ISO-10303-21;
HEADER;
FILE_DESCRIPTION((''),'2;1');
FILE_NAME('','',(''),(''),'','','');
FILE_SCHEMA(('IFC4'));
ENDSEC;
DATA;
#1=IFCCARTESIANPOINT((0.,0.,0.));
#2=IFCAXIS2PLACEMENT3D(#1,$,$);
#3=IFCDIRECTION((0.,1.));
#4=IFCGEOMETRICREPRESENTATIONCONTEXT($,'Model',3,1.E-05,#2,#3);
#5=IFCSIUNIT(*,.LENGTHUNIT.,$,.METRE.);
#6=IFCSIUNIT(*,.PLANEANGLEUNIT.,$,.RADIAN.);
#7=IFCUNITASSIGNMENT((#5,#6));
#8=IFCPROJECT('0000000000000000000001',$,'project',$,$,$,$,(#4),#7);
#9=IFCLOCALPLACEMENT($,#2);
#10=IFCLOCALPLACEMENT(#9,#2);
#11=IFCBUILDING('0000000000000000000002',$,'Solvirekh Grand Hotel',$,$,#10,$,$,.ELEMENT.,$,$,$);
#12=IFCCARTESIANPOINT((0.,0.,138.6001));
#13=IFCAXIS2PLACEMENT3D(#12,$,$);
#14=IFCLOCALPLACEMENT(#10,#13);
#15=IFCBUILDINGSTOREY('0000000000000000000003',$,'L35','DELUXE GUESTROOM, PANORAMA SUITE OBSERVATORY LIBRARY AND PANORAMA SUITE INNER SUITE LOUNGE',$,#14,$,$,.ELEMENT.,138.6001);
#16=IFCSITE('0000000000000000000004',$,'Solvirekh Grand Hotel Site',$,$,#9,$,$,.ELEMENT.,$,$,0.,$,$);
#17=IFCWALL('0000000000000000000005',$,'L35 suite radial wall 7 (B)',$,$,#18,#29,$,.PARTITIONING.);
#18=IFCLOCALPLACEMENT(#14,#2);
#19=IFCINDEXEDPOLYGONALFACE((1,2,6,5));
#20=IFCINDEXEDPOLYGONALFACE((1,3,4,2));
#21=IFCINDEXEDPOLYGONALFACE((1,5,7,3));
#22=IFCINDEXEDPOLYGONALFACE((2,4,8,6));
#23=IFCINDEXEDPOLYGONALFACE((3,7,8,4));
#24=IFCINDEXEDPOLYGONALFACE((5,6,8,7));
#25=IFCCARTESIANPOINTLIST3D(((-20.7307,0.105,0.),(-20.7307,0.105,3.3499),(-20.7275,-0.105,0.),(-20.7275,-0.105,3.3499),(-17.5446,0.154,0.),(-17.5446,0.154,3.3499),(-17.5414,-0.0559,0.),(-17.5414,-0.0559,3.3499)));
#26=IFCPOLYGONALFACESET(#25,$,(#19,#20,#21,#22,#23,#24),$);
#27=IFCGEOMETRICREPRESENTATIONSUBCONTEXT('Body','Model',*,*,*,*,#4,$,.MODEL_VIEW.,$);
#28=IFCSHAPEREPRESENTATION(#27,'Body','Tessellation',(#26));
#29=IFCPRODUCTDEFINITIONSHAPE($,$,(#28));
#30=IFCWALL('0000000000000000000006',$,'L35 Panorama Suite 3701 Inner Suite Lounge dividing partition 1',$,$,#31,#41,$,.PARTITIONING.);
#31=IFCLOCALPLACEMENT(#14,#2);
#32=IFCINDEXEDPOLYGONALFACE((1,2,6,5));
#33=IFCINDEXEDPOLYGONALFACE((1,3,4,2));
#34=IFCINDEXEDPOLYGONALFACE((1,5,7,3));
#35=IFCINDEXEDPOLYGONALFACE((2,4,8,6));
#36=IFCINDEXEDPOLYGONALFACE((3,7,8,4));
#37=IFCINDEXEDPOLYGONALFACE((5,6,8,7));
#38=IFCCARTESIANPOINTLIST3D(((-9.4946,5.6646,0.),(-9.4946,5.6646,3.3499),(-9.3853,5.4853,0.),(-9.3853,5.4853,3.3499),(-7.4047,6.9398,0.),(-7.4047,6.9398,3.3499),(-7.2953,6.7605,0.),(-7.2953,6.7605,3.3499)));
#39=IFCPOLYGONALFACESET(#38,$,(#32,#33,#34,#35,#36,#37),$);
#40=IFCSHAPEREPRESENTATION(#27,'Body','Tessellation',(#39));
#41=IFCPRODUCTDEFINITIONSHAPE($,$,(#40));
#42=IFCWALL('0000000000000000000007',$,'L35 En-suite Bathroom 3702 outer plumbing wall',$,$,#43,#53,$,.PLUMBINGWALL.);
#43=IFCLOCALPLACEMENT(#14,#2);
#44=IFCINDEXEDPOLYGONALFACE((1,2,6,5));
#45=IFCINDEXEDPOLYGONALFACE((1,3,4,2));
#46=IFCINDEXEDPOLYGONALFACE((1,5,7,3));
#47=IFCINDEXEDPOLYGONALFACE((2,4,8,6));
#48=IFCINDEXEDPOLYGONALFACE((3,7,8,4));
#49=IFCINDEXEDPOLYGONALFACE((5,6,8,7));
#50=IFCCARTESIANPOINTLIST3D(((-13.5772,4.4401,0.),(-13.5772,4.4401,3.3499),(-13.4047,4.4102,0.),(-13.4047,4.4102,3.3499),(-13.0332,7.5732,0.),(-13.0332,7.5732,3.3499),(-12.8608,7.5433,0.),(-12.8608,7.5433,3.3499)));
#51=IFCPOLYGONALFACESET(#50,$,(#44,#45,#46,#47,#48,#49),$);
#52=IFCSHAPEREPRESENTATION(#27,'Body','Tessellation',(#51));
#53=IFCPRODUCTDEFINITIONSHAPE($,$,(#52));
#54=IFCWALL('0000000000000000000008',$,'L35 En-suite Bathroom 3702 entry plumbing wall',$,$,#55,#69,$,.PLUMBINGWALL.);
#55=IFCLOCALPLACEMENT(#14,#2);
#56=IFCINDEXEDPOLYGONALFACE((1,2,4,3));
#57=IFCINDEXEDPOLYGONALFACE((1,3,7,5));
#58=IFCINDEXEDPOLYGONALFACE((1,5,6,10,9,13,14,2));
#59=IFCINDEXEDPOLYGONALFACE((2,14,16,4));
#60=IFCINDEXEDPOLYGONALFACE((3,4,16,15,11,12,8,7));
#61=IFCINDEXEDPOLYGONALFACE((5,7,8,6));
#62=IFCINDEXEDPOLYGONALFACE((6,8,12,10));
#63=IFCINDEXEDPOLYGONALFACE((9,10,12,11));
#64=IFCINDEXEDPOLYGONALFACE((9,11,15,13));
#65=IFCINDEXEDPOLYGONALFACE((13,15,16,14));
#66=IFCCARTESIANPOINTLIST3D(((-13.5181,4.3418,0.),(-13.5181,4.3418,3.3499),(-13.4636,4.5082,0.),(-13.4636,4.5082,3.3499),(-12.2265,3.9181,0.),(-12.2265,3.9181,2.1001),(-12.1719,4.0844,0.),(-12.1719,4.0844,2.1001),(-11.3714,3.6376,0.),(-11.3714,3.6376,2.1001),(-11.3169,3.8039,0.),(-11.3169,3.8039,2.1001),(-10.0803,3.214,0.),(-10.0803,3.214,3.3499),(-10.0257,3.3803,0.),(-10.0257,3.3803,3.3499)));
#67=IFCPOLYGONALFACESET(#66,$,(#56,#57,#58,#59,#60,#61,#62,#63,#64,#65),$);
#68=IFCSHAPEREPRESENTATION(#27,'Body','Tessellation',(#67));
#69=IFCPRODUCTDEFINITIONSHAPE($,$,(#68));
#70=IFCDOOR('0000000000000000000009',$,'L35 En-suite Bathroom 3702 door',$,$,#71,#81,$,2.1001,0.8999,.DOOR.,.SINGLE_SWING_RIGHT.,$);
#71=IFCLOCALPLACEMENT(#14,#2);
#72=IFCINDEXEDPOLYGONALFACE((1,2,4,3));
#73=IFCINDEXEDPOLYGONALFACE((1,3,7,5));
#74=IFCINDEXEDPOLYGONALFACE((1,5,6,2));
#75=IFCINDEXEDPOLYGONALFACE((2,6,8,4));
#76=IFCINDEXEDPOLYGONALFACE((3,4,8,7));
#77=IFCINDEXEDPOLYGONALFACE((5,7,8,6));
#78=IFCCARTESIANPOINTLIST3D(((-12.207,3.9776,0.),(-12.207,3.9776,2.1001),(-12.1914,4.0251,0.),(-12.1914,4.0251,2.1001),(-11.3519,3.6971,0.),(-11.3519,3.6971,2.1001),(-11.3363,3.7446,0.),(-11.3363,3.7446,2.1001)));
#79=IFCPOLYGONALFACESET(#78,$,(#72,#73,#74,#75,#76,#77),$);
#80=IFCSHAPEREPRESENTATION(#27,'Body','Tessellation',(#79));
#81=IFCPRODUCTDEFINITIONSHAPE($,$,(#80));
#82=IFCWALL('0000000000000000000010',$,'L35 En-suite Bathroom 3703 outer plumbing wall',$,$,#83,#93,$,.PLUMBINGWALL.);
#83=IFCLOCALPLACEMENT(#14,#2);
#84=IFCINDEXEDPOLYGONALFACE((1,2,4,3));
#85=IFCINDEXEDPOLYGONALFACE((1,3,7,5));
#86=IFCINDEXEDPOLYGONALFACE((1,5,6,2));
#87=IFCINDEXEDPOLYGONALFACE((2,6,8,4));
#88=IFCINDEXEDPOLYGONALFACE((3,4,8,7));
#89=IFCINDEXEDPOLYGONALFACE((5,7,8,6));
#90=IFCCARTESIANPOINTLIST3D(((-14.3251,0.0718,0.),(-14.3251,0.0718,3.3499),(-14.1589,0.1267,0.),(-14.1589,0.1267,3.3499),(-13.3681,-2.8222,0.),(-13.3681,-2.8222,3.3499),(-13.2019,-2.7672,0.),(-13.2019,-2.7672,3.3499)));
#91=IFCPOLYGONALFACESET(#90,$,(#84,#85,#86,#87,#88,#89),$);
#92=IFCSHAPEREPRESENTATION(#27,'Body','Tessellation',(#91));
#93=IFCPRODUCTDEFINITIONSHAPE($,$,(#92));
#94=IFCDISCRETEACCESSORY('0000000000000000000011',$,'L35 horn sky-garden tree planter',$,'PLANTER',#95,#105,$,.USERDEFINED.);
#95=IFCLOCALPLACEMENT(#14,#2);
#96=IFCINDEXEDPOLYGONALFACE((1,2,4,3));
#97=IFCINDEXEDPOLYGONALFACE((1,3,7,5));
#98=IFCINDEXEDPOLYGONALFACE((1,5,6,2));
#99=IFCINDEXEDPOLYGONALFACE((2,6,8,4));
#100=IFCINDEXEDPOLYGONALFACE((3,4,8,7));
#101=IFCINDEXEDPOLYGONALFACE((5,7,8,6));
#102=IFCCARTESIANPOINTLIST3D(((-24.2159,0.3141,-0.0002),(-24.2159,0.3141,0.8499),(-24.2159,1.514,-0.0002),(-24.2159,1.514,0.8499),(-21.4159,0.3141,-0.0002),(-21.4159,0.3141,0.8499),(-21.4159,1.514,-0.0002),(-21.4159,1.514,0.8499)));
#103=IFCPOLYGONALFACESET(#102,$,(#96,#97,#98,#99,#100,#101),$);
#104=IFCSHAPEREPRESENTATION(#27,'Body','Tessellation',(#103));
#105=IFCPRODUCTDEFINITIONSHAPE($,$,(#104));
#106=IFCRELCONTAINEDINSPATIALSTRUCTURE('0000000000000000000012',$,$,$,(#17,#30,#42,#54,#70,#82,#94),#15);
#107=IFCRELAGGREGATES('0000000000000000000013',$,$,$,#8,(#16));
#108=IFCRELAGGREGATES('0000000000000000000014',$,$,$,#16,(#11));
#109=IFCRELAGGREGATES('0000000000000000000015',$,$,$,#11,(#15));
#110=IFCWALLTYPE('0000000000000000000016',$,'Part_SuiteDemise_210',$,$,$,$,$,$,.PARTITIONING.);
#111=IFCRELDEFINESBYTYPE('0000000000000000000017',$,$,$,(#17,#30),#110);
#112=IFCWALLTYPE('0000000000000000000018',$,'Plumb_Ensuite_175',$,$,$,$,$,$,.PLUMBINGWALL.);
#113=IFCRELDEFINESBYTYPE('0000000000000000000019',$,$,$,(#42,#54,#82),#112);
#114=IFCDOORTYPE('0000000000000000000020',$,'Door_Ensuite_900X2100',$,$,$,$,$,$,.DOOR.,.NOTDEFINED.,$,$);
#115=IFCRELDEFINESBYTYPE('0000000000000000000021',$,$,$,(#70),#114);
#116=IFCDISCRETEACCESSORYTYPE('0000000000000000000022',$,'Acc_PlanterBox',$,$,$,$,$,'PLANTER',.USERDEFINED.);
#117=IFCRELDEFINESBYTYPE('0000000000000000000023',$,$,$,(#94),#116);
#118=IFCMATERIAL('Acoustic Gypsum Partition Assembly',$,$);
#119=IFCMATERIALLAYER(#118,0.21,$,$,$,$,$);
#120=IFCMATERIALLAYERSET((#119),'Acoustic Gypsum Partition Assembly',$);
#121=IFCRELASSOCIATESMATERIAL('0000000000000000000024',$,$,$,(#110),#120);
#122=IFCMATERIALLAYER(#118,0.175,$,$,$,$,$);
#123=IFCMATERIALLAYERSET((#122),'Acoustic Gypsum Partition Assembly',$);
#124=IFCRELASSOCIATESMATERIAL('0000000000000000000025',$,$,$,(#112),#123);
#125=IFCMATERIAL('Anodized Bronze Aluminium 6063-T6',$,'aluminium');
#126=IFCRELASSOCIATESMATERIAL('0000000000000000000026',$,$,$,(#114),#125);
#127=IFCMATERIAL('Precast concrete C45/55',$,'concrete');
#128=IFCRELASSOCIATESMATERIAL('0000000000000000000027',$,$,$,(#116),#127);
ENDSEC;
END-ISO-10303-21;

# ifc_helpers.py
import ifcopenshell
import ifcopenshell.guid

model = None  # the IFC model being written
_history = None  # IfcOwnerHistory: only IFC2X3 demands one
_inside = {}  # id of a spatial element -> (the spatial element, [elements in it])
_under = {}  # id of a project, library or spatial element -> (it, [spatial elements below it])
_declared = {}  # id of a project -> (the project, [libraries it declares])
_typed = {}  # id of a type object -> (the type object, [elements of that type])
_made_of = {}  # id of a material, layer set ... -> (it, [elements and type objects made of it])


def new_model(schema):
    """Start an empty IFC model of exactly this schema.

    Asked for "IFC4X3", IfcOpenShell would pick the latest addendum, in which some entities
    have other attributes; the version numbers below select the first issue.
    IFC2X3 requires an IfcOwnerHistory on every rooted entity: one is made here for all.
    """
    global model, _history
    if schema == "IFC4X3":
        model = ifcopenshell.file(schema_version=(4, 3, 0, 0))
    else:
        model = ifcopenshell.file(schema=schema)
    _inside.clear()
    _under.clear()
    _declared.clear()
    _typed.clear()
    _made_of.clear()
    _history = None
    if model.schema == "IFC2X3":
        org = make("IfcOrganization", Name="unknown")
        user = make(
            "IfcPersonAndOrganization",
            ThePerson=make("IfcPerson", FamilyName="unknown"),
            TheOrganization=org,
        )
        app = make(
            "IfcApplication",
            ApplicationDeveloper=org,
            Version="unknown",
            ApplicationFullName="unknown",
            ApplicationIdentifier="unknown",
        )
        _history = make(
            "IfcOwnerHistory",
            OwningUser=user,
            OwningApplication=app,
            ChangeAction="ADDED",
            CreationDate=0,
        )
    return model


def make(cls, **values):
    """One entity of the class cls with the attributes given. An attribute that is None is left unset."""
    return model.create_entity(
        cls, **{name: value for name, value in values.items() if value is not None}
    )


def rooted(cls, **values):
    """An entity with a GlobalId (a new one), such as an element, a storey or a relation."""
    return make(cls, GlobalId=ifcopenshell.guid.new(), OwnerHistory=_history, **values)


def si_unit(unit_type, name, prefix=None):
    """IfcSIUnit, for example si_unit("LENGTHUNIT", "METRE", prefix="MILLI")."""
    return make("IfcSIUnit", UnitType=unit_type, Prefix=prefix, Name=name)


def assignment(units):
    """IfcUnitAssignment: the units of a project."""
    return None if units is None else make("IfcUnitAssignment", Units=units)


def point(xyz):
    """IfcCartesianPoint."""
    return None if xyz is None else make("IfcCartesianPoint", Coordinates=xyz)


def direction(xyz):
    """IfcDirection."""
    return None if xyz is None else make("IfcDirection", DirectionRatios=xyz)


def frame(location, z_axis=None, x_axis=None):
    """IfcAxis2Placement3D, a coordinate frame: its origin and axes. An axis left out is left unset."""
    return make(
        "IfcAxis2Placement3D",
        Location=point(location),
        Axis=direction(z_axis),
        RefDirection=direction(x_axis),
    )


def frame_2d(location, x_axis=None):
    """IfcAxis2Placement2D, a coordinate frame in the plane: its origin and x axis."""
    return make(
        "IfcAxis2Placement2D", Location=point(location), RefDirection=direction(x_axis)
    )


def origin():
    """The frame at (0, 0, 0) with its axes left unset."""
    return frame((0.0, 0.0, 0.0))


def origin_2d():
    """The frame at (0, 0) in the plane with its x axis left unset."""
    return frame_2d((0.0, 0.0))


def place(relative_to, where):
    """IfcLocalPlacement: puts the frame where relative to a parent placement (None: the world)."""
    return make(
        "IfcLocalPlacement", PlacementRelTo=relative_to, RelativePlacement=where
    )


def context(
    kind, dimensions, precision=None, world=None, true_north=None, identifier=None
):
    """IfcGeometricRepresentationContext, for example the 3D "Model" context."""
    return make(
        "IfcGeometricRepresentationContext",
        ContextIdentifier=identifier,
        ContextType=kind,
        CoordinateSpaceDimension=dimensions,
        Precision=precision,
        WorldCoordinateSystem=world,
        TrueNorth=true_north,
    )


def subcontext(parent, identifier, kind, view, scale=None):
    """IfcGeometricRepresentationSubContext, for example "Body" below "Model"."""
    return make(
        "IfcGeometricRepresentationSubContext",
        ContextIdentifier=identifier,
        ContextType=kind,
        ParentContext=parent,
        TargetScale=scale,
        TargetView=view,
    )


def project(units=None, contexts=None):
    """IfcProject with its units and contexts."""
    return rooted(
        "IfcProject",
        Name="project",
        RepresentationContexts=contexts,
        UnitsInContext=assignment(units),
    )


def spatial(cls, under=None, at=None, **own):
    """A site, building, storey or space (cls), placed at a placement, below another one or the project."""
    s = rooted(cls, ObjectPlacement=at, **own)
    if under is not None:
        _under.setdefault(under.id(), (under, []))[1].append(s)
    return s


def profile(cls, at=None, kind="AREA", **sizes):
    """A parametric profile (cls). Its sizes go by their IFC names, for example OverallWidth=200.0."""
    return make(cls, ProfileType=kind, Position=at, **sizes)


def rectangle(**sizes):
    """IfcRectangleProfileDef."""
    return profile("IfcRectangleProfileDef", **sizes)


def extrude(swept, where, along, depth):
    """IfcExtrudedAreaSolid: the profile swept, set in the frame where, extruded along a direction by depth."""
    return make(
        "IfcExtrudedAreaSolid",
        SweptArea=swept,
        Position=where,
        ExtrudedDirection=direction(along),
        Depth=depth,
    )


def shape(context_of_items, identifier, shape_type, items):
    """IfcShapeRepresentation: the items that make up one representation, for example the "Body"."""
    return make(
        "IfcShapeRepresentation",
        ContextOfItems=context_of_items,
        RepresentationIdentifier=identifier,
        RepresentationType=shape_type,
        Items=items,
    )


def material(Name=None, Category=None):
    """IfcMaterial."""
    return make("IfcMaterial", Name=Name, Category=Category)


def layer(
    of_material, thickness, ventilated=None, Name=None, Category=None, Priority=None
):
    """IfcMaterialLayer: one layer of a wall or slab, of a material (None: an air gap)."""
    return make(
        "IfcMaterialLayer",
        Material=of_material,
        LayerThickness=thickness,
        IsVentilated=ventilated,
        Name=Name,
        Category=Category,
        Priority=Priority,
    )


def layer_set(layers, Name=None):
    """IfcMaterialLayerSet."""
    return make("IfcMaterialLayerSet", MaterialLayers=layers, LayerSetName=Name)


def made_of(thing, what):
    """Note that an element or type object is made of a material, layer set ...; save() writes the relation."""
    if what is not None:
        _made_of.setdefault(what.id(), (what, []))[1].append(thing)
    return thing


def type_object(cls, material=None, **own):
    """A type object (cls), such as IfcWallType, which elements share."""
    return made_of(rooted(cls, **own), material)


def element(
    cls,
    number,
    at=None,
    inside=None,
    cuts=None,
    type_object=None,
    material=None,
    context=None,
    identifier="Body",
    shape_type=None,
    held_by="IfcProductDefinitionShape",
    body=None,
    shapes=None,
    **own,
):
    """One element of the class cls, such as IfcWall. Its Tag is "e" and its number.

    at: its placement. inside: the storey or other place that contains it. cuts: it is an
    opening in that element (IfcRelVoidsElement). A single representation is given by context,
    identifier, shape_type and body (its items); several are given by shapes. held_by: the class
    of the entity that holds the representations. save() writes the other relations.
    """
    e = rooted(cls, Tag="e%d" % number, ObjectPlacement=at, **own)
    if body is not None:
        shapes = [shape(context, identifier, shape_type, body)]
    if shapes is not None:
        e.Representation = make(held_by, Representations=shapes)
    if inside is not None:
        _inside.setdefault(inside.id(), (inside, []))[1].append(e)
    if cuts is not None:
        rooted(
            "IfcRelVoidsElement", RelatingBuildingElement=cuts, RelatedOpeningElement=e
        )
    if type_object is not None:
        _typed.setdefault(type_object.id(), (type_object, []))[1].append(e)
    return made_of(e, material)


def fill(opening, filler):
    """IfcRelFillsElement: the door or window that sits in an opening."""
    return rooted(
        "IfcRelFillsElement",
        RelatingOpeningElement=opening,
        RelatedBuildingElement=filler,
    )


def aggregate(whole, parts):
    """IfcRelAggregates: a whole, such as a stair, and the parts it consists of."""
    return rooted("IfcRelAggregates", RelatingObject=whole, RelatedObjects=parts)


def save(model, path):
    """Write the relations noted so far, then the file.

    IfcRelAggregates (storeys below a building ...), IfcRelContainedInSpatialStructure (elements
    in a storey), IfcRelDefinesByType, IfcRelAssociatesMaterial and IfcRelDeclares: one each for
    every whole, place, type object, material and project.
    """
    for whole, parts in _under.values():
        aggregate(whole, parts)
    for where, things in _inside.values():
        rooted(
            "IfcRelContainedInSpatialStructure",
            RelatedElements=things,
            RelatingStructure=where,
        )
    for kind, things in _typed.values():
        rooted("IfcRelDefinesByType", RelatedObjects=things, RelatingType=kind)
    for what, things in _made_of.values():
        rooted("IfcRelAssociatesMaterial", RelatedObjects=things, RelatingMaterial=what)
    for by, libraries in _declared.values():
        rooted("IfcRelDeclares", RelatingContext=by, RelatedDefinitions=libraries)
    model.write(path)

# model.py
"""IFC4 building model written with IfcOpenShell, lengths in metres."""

from ifc_helpers import new_model, si_unit, direction, frame, frame_2d, origin, origin_2d, place, context, subcontext, project, spatial, rectangle, extrude, material, layer, layer_set, type_object, element, fill, save


model = new_model("IFC4")

# Units and contexts
model_context = context("Model", 3, precision=1e-05, world=origin(), true_north=direction((0.0, 1.0)))
body_context = subcontext(model_context, "Body", "Model", "MODEL_VIEW")
ifc_project = project(units=[si_unit("LENGTHUNIT", "METRE"), si_unit("PLANEANGLEUNIT", "RADIAN")], contexts=[model_context])

# Site, building, storey
site_placement = place(None, origin())
site = spatial("IfcSite", under=ifc_project, at=site_placement, Name="Solvirekh Grand Hotel Site", CompositionType="ELEMENT", RefElevation=0.0)
building_placement = place(site_placement, origin())
building = spatial("IfcBuilding", under=site, at=building_placement, Name="Solvirekh Grand Hotel", CompositionType="ELEMENT")
storey_placement = place(building_placement, frame((0.0, 0.0, 138.6001)))
storey = spatial("IfcBuildingStorey", under=building, at=storey_placement, Name="L35", Description="DELUXE GUESTROOM, PANORAMA SUITE OBSERVATORY LIBRARY AND PANORAMA SUITE INNER SUITE LOUNGE", CompositionType="ELEMENT", Elevation=138.6001)

# Shared definitions
ifc_material_1 = material(Name="Precast concrete C45/55", Category="concrete")

# Shared definitions
ifc_material_2 = material(Name="Acoustic Gypsum Partition Assembly")

# Walls
ifc_layer_1 = layer(ifc_material_2, 0.21)
ifc_layer_set_1 = layer_set([ifc_layer_1], Name="Acoustic Gypsum Partition Assembly")
wall_type_1 = type_object("IfcWallType", Name="Part_SuiteDemise_210", PredefinedType="PARTITIONING", material=ifc_layer_set_1)
wall_1_placement = place(storey_placement, frame((-17.543, 0.0491, 0.0), z_axis=(0.0, 0.0, 1.0), x_axis=(-0.999881, -0.0154, 0.0)))
element("IfcWall", 1, at=wall_1_placement, inside=storey, type_object=wall_type_1, Name="L35 suite radial wall 7 (B)", PredefinedType="PARTITIONING", context=body_context, shape_type="SweptSolid", body=[
    extrude(rectangle(XDim=3.1865, YDim=0.21, at=frame_2d((1.5933, 0.0))), origin(), (0.0, 0.0, 1.0), 3.3499),
])
wall_2_placement = place(storey_placement, frame((-9.4399, 5.575, 0.0), z_axis=(0.0, 0.0, 1.0), x_axis=(0.853642, 0.520861, 0.0)))
element("IfcWall", 2, at=wall_2_placement, inside=storey, type_object=wall_type_1, Name="L35 Panorama Suite 3701 Inner Suite Lounge dividing partition 1", PredefinedType="PARTITIONING", context=body_context, shape_type="SweptSolid", body=[
    extrude(rectangle(XDim=2.4482, YDim=0.21, at=frame_2d((1.2241, 0.0))), origin(), (0.0, 0.0, 1.0), 3.3499),
])
ifc_layer_2 = layer(ifc_material_2, 0.175)
ifc_layer_set_2 = layer_set([ifc_layer_2], Name="Acoustic Gypsum Partition Assembly")
wall_type_2 = type_object("IfcWallType", Name="Plumb_Ensuite_175", PredefinedType="PLUMBINGWALL", material=ifc_layer_set_2)
wall_3_placement = place(storey_placement, frame((-12.947, 7.5581, 0.0), z_axis=(0.0, 0.0, 1.0), x_axis=(-0.171056, -0.985261, 0.0)))
element("IfcWall", 3, at=wall_3_placement, inside=storey, type_object=wall_type_2, Name="L35 En-suite Bathroom 3702 outer plumbing wall", PredefinedType="PLUMBINGWALL", context=body_context, shape_type="SweptSolid", body=[
    extrude(rectangle(XDim=3.1799, YDim=0.175, at=frame_2d((1.5898, 0.0))), origin(), (0.0, 0.0, 1.0), 3.3499),
])

# Wall, opening, door
wall_4_placement = place(storey_placement, frame((-10.053, 3.2971, 0.0), z_axis=(0.0, 0.0, 1.0), x_axis=(-0.950171, 0.31173, 0.0)))
wall_4 = element("IfcWall", 4, at=wall_4_placement, inside=storey, type_object=wall_type_2, Name="L35 En-suite Bathroom 3702 entry plumbing wall", PredefinedType="PLUMBINGWALL", context=body_context, shape_type="SweptSolid", body=[
    extrude(rectangle(XDim=3.6182, YDim=0.175, at=frame_2d((1.8091, 0.0))), origin(), (0.0, 0.0, 1.0), 3.3499),
])
opening_1_placement = place(wall_4_placement, frame((1.3589, 0.0, 0.0)))
opening_1 = element("IfcOpeningElement", 5, at=opening_1_placement, cuts=wall_4, PredefinedType="OPENING", context=body_context, shape_type="SweptSolid", body=[
    extrude(rectangle(XDim=0.8999, YDim=2.1001, at=frame_2d((0.45, 1.05))), frame((0.0, 0.0977, 0.0), z_axis=(0.0, -1.0, 0.0), x_axis=(1.0, 0.0, 0.0)), (0.0, 0.0, 1.0), 0.1951),
])
ifc_material_3 = material(Name="Anodized Bronze Aluminium 6063-T6", Category="aluminium")
door_type_1 = type_object("IfcDoorType", Name="Door_Ensuite_900X2100", OperationType="NOTDEFINED", PredefinedType="DOOR", material=ifc_material_3)
door_1_placement = place(opening_1_placement, origin())
door_1 = element("IfcDoor", 6, at=door_1_placement, inside=storey, type_object=door_type_1, Name="L35 En-suite Bathroom 3702 door", OperationType="SINGLE_SWING_RIGHT", OverallHeight=2.1001, OverallWidth=0.8999, PredefinedType="DOOR", context=body_context, shape_type="SweptSolid", body=[
    extrude(rectangle(XDim=0.8999, YDim=2.1001, at=frame_2d((0.45, 1.05))), frame((0.0, 0.0249, 0.0), z_axis=(0.0, -1.0, 0.0), x_axis=(1.0, 0.0, 0.0)), (0.0, 0.0, 1.0), 0.05),
])
fill(opening_1, door_1)

# Wall
wall_5_placement = place(storey_placement, frame((-14.2419, 0.0991, 0.0), z_axis=(0.0, 0.0, 1.0), x_axis=(0.313968, -0.949433, 0.0)))
element("IfcWall", 7, at=wall_5_placement, inside=storey, type_object=wall_type_2, Name="L35 En-suite Bathroom 3703 outer plumbing wall", PredefinedType="PLUMBINGWALL", context=body_context, shape_type="SweptSolid", body=[
    extrude(rectangle(XDim=3.0481, YDim=0.175, at=frame_2d((1.5239, 0.0))), origin(), (0.0, 0.0, 1.0), 3.3499),
])

# Discrete accessory
discrete_accessory_type = type_object("IfcDiscreteAccessoryType", Name="Acc_PlanterBox", ElementType="PLANTER", PredefinedType="USERDEFINED", material=ifc_material_1)
discrete_accessory_placement = place(storey_placement, frame((-22.8159, 0.9141, -0.0002), z_axis=(0.0, 0.0, 1.0), x_axis=(0.0, 1.0, 0.0)))
element("IfcDiscreteAccessory", 8, at=discrete_accessory_placement, inside=storey, type_object=discrete_accessory_type, Name="L35 horn sky-garden tree planter", ObjectType="PLANTER", PredefinedType="USERDEFINED", context=body_context, shape_type="SweptSolid", body=[
    extrude(rectangle(XDim=1.2, YDim=2.8, at=origin_2d()), origin(), (0.0, 0.0, 1.0), 0.8501),
])

save(model, "model.ifc")
